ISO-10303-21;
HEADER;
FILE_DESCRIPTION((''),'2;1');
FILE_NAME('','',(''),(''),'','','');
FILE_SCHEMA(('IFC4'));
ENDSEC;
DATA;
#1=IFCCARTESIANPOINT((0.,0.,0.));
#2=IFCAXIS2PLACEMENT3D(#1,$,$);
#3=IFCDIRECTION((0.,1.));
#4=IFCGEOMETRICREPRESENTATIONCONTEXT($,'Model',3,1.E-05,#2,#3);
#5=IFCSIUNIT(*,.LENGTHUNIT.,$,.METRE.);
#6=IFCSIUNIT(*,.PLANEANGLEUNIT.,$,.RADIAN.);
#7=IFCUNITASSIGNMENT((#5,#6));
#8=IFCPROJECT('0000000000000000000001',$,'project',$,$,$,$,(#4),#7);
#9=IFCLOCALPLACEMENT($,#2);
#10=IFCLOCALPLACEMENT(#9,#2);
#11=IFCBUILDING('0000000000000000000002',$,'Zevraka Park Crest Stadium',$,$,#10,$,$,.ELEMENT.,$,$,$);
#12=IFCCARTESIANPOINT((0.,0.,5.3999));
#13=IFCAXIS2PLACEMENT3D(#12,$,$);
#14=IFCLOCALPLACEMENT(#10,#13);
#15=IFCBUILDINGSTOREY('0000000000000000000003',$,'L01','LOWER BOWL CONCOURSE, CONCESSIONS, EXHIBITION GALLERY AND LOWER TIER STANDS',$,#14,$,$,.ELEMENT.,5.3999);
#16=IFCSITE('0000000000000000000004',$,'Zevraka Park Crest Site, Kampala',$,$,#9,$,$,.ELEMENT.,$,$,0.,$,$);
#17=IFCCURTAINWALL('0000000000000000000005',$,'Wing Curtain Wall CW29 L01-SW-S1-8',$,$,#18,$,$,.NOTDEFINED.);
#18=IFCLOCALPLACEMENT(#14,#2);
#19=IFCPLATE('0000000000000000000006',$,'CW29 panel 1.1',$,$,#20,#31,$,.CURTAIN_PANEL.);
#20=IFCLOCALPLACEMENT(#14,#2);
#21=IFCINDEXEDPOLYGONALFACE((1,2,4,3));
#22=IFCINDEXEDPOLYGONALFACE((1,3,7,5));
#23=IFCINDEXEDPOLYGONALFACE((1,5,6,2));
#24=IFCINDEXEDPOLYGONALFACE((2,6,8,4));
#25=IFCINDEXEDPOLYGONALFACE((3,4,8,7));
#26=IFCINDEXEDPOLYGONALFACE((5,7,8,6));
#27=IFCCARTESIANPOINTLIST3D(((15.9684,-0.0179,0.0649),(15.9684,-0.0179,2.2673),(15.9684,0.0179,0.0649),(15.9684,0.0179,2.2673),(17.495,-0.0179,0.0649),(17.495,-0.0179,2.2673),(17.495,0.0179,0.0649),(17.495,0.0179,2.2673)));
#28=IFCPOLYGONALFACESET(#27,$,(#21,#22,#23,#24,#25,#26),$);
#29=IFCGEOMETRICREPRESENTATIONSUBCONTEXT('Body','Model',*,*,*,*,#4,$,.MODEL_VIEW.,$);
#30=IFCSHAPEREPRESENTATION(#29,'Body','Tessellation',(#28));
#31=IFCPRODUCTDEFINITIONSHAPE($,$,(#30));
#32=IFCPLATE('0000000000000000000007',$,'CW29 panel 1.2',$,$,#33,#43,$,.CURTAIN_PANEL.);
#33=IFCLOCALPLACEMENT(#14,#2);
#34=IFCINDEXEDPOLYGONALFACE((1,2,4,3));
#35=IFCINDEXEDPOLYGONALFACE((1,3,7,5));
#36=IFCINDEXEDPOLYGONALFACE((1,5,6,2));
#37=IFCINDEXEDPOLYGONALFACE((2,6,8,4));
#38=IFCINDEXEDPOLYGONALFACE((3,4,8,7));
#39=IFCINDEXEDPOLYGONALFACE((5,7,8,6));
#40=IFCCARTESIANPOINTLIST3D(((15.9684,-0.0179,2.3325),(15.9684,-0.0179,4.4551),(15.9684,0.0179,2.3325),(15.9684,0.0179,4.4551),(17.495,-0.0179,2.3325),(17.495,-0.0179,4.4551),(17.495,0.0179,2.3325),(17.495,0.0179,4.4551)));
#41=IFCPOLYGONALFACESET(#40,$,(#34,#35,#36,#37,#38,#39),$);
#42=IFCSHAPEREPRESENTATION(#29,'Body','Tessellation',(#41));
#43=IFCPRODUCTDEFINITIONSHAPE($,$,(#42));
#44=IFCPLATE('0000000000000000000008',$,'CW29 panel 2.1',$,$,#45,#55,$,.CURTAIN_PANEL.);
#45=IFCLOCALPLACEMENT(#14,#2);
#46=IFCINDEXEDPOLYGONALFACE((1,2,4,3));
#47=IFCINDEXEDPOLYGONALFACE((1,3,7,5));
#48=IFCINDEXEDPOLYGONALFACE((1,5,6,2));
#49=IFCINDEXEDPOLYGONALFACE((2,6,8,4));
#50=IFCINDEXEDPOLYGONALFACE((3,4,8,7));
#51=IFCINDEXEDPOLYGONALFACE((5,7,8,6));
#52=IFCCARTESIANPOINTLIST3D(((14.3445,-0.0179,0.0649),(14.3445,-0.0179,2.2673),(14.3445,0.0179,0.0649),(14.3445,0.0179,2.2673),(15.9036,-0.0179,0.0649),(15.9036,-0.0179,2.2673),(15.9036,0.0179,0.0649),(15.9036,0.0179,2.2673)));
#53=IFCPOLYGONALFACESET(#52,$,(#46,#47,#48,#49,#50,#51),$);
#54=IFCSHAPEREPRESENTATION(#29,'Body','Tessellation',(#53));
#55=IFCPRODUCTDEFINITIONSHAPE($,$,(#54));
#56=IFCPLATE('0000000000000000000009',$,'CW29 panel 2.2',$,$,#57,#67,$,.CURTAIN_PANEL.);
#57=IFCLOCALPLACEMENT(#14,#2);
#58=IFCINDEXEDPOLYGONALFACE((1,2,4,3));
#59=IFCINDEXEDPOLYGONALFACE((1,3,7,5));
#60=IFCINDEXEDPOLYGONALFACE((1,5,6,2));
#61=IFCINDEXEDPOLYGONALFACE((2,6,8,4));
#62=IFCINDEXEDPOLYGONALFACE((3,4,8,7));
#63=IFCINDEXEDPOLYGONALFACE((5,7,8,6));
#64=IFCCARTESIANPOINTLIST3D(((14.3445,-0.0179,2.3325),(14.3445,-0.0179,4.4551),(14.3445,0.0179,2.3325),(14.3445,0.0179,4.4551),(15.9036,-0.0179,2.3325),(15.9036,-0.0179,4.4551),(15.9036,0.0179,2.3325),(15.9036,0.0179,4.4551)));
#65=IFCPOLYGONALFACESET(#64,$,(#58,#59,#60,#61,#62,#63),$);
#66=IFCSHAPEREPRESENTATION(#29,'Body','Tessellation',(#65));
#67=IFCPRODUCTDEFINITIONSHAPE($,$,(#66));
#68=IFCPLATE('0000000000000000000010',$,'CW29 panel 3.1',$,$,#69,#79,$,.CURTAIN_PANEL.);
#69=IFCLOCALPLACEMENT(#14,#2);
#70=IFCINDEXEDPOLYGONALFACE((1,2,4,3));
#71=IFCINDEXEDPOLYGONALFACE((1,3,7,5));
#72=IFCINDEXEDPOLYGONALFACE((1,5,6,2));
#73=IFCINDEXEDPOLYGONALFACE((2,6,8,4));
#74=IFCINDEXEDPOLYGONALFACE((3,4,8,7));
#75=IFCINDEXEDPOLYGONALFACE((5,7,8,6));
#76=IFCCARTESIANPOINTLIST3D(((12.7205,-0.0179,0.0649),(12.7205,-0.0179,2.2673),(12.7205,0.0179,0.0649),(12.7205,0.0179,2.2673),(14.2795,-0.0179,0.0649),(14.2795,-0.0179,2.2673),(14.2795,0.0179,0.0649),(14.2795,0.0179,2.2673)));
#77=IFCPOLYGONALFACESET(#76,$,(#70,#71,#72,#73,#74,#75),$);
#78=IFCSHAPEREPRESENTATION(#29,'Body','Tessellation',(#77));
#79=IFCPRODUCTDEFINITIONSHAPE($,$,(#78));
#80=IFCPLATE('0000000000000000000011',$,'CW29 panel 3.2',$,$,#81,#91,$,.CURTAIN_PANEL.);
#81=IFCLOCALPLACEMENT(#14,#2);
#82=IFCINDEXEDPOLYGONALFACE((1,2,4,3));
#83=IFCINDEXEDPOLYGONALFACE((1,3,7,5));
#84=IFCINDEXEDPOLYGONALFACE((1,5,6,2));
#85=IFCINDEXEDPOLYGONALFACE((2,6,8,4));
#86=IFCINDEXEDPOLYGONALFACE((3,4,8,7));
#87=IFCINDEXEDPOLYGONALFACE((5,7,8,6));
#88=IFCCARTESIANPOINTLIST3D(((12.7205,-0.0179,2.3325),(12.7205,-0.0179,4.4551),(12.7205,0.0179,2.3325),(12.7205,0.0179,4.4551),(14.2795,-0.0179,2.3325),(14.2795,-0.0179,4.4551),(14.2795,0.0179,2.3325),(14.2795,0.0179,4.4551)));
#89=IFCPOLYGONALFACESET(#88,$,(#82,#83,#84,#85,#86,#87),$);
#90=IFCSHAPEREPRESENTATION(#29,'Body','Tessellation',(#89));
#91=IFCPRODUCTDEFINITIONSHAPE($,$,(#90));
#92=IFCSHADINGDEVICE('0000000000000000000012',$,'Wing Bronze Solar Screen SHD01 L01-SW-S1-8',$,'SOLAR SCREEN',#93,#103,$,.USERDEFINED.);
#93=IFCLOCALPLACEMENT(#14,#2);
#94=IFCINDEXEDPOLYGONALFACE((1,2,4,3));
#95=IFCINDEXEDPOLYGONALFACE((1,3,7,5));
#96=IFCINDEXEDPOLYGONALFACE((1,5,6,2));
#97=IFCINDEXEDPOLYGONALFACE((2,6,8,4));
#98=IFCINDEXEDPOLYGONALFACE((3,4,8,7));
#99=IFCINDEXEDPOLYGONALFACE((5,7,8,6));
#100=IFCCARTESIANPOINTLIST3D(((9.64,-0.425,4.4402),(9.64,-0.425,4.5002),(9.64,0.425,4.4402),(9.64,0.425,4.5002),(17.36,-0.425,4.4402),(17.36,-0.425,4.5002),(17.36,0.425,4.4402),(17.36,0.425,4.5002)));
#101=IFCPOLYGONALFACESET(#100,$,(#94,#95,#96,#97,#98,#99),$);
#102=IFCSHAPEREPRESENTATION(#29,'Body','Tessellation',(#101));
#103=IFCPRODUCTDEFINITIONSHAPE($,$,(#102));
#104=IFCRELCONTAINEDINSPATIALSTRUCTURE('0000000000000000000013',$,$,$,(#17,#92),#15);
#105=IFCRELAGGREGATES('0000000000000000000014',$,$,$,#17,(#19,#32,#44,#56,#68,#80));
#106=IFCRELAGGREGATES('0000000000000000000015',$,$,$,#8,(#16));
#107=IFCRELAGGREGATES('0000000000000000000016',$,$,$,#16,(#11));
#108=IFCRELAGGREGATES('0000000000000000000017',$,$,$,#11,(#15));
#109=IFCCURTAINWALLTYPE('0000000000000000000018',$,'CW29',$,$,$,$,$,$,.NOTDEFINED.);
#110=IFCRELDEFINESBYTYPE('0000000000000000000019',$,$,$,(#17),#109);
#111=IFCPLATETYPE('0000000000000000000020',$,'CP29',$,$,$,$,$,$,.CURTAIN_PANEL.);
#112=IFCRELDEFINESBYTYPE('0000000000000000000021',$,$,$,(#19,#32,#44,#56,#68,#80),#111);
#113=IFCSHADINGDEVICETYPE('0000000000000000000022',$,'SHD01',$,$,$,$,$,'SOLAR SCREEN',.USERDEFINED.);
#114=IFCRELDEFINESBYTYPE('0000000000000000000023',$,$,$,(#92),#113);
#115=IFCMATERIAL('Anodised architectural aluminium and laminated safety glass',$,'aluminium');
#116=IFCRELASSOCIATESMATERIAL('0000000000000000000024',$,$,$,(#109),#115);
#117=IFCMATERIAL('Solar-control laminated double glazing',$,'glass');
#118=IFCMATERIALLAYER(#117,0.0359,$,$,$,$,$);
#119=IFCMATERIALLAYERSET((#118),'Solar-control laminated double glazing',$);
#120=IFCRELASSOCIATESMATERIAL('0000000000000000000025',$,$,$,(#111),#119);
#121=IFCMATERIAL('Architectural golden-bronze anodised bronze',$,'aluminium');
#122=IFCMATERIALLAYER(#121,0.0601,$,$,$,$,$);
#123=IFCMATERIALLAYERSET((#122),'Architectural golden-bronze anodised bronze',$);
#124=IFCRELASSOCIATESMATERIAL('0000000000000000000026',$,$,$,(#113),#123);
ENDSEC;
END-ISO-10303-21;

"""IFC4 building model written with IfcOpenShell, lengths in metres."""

from ifc_helpers import new_model, si_unit, direction, frame, origin, origin_2d, place, context, subcontext, project, spatial, rectangle, extrude, material, layer, layer_set, type_object, element, aggregate, save


model = new_model("IFC4")

# Units and contexts
model_context = context("Model", 3, precision=1e-05, world=origin(), true_north=direction((0.0, 1.0)))
body_context = subcontext(model_context, "Body", "Model", "MODEL_VIEW")
ifc_project = project(units=[si_unit("LENGTHUNIT", "METRE"), si_unit("PLANEANGLEUNIT", "RADIAN")], contexts=[model_context])

# Site, building, storey
site_placement = place(None, origin())
site = spatial("IfcSite", under=ifc_project, at=site_placement, Name="Zevraka Park Crest Site, Kampala", CompositionType="ELEMENT", RefElevation=0.0)
building_placement = place(site_placement, origin())
building = spatial("IfcBuilding", under=site, at=building_placement, Name="Zevraka Park Crest Stadium", CompositionType="ELEMENT")
storey_placement = place(building_placement, frame((0.0, 0.0, 5.3999)))
storey = spatial("IfcBuildingStorey", under=building, at=storey_placement, Name="L01", Description="LOWER BOWL CONCOURSE, CONCESSIONS, EXHIBITION GALLERY AND LOWER TIER STANDS", CompositionType="ELEMENT", Elevation=5.3999)

# Curtain wall, plates
ifc_material_1 = material(Name="Anodised architectural aluminium and laminated safety glass", Category="aluminium")
curtain_wall_type = type_object("IfcCurtainWallType", Name="CW29", PredefinedType="NOTDEFINED", material=ifc_material_1)
curtain_wall_placement = place(storey_placement, origin())
curtain_wall = element("IfcCurtainWall", 1, at=curtain_wall_placement, inside=storey, type_object=curtain_wall_type, Name="Wing Curtain Wall CW29 L01-SW-S1-8", PredefinedType="NOTDEFINED")
ifc_material_2 = material(Name="Solar-control laminated double glazing", Category="glass")
ifc_layer_1 = layer(ifc_material_2, 0.0359)
ifc_layer_set_1 = layer_set([ifc_layer_1], Name="Solar-control laminated double glazing")
plate_type = type_object("IfcPlateType", Name="CP29", PredefinedType="CURTAIN_PANEL", material=ifc_layer_set_1)
plate_1_placement = place(storey_placement, frame((16.7317, 0.0, 0.0649), z_axis=(0.0, 0.0, 1.0), x_axis=(-1.0, 0.0, 0.0)))
plate_1 = element("IfcPlate", 2, at=plate_1_placement, type_object=plate_type, Name="CW29 panel 1.1", PredefinedType="CURTAIN_PANEL", context=body_context, shape_type="SweptSolid", body=[
    extrude(rectangle(XDim=1.5266, YDim=0.0359, at=origin_2d()), origin(), (0.0, 0.0, 1.0), 2.2024),
])
plate_2_placement = place(storey_placement, frame((16.7317, 0.0, 2.3325), z_axis=(0.0, 0.0, 1.0), x_axis=(-1.0, 0.0, 0.0)))
plate_2 = element("IfcPlate", 3, at=plate_2_placement, type_object=plate_type, Name="CW29 panel 1.2", PredefinedType="CURTAIN_PANEL", context=body_context, shape_type="SweptSolid", body=[
    extrude(rectangle(XDim=1.5266, YDim=0.0359, at=origin_2d()), origin(), (0.0, 0.0, 1.0), 2.1226),
])
plate_3_placement = place(storey_placement, frame((15.124, 0.0, 0.0649), z_axis=(0.0, 0.0, 1.0), x_axis=(-1.0, 0.0, 0.0)))
plate_3 = element("IfcPlate", 4, at=plate_3_placement, type_object=plate_type, Name="CW29 panel 2.1", PredefinedType="CURTAIN_PANEL", context=body_context, shape_type="SweptSolid", body=[
    extrude(rectangle(XDim=1.5591, YDim=0.0359, at=origin_2d()), origin(), (0.0, 0.0, 1.0), 2.2024),
])
plate_4_placement = place(storey_placement, frame((15.124, 0.0, 2.3325), z_axis=(0.0, 0.0, 1.0), x_axis=(-1.0, 0.0, 0.0)))
plate_4 = element("IfcPlate", 5, at=plate_4_placement, type_object=plate_type, Name="CW29 panel 2.2", PredefinedType="CURTAIN_PANEL", context=body_context, shape_type="SweptSolid", body=[
    extrude(rectangle(XDim=1.5591, YDim=0.0359, at=origin_2d()), origin(), (0.0, 0.0, 1.0), 2.1226),
])
plate_5_placement = place(storey_placement, frame((13.5, 0.0, 0.0649), z_axis=(0.0, 0.0, 1.0), x_axis=(-1.0, 0.0, 0.0)))
plate_5 = element("IfcPlate", 6, at=plate_5_placement, type_object=plate_type, Name="CW29 panel 3.1", PredefinedType="CURTAIN_PANEL", context=body_context, shape_type="SweptSolid", body=[
    extrude(rectangle(XDim=1.5591, YDim=0.0359, at=origin_2d()), origin(), (0.0, 0.0, 1.0), 2.2024),
])
plate_6_placement = place(storey_placement, frame((13.5, 0.0, 2.3325), z_axis=(0.0, 0.0, 1.0), x_axis=(-1.0, 0.0, 0.0)))
plate_6 = element("IfcPlate", 7, at=plate_6_placement, type_object=plate_type, Name="CW29 panel 3.2", PredefinedType="CURTAIN_PANEL", context=body_context, shape_type="SweptSolid", body=[
    extrude(rectangle(XDim=1.5591, YDim=0.0359, at=origin_2d()), origin(), (0.0, 0.0, 1.0), 2.1226),
])
aggregate(curtain_wall, [plate_1, plate_2, plate_3, plate_4, plate_5, plate_6])

# Shading device
ifc_material_3 = material(Name="Architectural golden-bronze anodised bronze", Category="aluminium")
ifc_layer_2 = layer(ifc_material_3, 0.0601)
ifc_layer_set_2 = layer_set([ifc_layer_2], Name="Architectural golden-bronze anodised bronze")
shading_device_type = type_object("IfcShadingDeviceType", Name="SHD01", ElementType="SOLAR SCREEN", PredefinedType="USERDEFINED", material=ifc_layer_set_2)
shading_device_placement = place(storey_placement, frame((13.5, 0.0, 4.4402), z_axis=(0.0, 0.0, 1.0), x_axis=(-1.0, 0.0, 0.0)))
element("IfcShadingDevice", 8, at=shading_device_placement, inside=storey, type_object=shading_device_type, Name="Wing Bronze Solar Screen SHD01 L01-SW-S1-8", ObjectType="SOLAR SCREEN", PredefinedType="USERDEFINED", context=body_context, shape_type="SweptSolid", body=[
    extrude(rectangle(XDim=7.72, YDim=0.8501, at=origin_2d()), origin(), (0.0, 0.0, 1.0), 0.0601),
])

save(model, "model.ifc")
